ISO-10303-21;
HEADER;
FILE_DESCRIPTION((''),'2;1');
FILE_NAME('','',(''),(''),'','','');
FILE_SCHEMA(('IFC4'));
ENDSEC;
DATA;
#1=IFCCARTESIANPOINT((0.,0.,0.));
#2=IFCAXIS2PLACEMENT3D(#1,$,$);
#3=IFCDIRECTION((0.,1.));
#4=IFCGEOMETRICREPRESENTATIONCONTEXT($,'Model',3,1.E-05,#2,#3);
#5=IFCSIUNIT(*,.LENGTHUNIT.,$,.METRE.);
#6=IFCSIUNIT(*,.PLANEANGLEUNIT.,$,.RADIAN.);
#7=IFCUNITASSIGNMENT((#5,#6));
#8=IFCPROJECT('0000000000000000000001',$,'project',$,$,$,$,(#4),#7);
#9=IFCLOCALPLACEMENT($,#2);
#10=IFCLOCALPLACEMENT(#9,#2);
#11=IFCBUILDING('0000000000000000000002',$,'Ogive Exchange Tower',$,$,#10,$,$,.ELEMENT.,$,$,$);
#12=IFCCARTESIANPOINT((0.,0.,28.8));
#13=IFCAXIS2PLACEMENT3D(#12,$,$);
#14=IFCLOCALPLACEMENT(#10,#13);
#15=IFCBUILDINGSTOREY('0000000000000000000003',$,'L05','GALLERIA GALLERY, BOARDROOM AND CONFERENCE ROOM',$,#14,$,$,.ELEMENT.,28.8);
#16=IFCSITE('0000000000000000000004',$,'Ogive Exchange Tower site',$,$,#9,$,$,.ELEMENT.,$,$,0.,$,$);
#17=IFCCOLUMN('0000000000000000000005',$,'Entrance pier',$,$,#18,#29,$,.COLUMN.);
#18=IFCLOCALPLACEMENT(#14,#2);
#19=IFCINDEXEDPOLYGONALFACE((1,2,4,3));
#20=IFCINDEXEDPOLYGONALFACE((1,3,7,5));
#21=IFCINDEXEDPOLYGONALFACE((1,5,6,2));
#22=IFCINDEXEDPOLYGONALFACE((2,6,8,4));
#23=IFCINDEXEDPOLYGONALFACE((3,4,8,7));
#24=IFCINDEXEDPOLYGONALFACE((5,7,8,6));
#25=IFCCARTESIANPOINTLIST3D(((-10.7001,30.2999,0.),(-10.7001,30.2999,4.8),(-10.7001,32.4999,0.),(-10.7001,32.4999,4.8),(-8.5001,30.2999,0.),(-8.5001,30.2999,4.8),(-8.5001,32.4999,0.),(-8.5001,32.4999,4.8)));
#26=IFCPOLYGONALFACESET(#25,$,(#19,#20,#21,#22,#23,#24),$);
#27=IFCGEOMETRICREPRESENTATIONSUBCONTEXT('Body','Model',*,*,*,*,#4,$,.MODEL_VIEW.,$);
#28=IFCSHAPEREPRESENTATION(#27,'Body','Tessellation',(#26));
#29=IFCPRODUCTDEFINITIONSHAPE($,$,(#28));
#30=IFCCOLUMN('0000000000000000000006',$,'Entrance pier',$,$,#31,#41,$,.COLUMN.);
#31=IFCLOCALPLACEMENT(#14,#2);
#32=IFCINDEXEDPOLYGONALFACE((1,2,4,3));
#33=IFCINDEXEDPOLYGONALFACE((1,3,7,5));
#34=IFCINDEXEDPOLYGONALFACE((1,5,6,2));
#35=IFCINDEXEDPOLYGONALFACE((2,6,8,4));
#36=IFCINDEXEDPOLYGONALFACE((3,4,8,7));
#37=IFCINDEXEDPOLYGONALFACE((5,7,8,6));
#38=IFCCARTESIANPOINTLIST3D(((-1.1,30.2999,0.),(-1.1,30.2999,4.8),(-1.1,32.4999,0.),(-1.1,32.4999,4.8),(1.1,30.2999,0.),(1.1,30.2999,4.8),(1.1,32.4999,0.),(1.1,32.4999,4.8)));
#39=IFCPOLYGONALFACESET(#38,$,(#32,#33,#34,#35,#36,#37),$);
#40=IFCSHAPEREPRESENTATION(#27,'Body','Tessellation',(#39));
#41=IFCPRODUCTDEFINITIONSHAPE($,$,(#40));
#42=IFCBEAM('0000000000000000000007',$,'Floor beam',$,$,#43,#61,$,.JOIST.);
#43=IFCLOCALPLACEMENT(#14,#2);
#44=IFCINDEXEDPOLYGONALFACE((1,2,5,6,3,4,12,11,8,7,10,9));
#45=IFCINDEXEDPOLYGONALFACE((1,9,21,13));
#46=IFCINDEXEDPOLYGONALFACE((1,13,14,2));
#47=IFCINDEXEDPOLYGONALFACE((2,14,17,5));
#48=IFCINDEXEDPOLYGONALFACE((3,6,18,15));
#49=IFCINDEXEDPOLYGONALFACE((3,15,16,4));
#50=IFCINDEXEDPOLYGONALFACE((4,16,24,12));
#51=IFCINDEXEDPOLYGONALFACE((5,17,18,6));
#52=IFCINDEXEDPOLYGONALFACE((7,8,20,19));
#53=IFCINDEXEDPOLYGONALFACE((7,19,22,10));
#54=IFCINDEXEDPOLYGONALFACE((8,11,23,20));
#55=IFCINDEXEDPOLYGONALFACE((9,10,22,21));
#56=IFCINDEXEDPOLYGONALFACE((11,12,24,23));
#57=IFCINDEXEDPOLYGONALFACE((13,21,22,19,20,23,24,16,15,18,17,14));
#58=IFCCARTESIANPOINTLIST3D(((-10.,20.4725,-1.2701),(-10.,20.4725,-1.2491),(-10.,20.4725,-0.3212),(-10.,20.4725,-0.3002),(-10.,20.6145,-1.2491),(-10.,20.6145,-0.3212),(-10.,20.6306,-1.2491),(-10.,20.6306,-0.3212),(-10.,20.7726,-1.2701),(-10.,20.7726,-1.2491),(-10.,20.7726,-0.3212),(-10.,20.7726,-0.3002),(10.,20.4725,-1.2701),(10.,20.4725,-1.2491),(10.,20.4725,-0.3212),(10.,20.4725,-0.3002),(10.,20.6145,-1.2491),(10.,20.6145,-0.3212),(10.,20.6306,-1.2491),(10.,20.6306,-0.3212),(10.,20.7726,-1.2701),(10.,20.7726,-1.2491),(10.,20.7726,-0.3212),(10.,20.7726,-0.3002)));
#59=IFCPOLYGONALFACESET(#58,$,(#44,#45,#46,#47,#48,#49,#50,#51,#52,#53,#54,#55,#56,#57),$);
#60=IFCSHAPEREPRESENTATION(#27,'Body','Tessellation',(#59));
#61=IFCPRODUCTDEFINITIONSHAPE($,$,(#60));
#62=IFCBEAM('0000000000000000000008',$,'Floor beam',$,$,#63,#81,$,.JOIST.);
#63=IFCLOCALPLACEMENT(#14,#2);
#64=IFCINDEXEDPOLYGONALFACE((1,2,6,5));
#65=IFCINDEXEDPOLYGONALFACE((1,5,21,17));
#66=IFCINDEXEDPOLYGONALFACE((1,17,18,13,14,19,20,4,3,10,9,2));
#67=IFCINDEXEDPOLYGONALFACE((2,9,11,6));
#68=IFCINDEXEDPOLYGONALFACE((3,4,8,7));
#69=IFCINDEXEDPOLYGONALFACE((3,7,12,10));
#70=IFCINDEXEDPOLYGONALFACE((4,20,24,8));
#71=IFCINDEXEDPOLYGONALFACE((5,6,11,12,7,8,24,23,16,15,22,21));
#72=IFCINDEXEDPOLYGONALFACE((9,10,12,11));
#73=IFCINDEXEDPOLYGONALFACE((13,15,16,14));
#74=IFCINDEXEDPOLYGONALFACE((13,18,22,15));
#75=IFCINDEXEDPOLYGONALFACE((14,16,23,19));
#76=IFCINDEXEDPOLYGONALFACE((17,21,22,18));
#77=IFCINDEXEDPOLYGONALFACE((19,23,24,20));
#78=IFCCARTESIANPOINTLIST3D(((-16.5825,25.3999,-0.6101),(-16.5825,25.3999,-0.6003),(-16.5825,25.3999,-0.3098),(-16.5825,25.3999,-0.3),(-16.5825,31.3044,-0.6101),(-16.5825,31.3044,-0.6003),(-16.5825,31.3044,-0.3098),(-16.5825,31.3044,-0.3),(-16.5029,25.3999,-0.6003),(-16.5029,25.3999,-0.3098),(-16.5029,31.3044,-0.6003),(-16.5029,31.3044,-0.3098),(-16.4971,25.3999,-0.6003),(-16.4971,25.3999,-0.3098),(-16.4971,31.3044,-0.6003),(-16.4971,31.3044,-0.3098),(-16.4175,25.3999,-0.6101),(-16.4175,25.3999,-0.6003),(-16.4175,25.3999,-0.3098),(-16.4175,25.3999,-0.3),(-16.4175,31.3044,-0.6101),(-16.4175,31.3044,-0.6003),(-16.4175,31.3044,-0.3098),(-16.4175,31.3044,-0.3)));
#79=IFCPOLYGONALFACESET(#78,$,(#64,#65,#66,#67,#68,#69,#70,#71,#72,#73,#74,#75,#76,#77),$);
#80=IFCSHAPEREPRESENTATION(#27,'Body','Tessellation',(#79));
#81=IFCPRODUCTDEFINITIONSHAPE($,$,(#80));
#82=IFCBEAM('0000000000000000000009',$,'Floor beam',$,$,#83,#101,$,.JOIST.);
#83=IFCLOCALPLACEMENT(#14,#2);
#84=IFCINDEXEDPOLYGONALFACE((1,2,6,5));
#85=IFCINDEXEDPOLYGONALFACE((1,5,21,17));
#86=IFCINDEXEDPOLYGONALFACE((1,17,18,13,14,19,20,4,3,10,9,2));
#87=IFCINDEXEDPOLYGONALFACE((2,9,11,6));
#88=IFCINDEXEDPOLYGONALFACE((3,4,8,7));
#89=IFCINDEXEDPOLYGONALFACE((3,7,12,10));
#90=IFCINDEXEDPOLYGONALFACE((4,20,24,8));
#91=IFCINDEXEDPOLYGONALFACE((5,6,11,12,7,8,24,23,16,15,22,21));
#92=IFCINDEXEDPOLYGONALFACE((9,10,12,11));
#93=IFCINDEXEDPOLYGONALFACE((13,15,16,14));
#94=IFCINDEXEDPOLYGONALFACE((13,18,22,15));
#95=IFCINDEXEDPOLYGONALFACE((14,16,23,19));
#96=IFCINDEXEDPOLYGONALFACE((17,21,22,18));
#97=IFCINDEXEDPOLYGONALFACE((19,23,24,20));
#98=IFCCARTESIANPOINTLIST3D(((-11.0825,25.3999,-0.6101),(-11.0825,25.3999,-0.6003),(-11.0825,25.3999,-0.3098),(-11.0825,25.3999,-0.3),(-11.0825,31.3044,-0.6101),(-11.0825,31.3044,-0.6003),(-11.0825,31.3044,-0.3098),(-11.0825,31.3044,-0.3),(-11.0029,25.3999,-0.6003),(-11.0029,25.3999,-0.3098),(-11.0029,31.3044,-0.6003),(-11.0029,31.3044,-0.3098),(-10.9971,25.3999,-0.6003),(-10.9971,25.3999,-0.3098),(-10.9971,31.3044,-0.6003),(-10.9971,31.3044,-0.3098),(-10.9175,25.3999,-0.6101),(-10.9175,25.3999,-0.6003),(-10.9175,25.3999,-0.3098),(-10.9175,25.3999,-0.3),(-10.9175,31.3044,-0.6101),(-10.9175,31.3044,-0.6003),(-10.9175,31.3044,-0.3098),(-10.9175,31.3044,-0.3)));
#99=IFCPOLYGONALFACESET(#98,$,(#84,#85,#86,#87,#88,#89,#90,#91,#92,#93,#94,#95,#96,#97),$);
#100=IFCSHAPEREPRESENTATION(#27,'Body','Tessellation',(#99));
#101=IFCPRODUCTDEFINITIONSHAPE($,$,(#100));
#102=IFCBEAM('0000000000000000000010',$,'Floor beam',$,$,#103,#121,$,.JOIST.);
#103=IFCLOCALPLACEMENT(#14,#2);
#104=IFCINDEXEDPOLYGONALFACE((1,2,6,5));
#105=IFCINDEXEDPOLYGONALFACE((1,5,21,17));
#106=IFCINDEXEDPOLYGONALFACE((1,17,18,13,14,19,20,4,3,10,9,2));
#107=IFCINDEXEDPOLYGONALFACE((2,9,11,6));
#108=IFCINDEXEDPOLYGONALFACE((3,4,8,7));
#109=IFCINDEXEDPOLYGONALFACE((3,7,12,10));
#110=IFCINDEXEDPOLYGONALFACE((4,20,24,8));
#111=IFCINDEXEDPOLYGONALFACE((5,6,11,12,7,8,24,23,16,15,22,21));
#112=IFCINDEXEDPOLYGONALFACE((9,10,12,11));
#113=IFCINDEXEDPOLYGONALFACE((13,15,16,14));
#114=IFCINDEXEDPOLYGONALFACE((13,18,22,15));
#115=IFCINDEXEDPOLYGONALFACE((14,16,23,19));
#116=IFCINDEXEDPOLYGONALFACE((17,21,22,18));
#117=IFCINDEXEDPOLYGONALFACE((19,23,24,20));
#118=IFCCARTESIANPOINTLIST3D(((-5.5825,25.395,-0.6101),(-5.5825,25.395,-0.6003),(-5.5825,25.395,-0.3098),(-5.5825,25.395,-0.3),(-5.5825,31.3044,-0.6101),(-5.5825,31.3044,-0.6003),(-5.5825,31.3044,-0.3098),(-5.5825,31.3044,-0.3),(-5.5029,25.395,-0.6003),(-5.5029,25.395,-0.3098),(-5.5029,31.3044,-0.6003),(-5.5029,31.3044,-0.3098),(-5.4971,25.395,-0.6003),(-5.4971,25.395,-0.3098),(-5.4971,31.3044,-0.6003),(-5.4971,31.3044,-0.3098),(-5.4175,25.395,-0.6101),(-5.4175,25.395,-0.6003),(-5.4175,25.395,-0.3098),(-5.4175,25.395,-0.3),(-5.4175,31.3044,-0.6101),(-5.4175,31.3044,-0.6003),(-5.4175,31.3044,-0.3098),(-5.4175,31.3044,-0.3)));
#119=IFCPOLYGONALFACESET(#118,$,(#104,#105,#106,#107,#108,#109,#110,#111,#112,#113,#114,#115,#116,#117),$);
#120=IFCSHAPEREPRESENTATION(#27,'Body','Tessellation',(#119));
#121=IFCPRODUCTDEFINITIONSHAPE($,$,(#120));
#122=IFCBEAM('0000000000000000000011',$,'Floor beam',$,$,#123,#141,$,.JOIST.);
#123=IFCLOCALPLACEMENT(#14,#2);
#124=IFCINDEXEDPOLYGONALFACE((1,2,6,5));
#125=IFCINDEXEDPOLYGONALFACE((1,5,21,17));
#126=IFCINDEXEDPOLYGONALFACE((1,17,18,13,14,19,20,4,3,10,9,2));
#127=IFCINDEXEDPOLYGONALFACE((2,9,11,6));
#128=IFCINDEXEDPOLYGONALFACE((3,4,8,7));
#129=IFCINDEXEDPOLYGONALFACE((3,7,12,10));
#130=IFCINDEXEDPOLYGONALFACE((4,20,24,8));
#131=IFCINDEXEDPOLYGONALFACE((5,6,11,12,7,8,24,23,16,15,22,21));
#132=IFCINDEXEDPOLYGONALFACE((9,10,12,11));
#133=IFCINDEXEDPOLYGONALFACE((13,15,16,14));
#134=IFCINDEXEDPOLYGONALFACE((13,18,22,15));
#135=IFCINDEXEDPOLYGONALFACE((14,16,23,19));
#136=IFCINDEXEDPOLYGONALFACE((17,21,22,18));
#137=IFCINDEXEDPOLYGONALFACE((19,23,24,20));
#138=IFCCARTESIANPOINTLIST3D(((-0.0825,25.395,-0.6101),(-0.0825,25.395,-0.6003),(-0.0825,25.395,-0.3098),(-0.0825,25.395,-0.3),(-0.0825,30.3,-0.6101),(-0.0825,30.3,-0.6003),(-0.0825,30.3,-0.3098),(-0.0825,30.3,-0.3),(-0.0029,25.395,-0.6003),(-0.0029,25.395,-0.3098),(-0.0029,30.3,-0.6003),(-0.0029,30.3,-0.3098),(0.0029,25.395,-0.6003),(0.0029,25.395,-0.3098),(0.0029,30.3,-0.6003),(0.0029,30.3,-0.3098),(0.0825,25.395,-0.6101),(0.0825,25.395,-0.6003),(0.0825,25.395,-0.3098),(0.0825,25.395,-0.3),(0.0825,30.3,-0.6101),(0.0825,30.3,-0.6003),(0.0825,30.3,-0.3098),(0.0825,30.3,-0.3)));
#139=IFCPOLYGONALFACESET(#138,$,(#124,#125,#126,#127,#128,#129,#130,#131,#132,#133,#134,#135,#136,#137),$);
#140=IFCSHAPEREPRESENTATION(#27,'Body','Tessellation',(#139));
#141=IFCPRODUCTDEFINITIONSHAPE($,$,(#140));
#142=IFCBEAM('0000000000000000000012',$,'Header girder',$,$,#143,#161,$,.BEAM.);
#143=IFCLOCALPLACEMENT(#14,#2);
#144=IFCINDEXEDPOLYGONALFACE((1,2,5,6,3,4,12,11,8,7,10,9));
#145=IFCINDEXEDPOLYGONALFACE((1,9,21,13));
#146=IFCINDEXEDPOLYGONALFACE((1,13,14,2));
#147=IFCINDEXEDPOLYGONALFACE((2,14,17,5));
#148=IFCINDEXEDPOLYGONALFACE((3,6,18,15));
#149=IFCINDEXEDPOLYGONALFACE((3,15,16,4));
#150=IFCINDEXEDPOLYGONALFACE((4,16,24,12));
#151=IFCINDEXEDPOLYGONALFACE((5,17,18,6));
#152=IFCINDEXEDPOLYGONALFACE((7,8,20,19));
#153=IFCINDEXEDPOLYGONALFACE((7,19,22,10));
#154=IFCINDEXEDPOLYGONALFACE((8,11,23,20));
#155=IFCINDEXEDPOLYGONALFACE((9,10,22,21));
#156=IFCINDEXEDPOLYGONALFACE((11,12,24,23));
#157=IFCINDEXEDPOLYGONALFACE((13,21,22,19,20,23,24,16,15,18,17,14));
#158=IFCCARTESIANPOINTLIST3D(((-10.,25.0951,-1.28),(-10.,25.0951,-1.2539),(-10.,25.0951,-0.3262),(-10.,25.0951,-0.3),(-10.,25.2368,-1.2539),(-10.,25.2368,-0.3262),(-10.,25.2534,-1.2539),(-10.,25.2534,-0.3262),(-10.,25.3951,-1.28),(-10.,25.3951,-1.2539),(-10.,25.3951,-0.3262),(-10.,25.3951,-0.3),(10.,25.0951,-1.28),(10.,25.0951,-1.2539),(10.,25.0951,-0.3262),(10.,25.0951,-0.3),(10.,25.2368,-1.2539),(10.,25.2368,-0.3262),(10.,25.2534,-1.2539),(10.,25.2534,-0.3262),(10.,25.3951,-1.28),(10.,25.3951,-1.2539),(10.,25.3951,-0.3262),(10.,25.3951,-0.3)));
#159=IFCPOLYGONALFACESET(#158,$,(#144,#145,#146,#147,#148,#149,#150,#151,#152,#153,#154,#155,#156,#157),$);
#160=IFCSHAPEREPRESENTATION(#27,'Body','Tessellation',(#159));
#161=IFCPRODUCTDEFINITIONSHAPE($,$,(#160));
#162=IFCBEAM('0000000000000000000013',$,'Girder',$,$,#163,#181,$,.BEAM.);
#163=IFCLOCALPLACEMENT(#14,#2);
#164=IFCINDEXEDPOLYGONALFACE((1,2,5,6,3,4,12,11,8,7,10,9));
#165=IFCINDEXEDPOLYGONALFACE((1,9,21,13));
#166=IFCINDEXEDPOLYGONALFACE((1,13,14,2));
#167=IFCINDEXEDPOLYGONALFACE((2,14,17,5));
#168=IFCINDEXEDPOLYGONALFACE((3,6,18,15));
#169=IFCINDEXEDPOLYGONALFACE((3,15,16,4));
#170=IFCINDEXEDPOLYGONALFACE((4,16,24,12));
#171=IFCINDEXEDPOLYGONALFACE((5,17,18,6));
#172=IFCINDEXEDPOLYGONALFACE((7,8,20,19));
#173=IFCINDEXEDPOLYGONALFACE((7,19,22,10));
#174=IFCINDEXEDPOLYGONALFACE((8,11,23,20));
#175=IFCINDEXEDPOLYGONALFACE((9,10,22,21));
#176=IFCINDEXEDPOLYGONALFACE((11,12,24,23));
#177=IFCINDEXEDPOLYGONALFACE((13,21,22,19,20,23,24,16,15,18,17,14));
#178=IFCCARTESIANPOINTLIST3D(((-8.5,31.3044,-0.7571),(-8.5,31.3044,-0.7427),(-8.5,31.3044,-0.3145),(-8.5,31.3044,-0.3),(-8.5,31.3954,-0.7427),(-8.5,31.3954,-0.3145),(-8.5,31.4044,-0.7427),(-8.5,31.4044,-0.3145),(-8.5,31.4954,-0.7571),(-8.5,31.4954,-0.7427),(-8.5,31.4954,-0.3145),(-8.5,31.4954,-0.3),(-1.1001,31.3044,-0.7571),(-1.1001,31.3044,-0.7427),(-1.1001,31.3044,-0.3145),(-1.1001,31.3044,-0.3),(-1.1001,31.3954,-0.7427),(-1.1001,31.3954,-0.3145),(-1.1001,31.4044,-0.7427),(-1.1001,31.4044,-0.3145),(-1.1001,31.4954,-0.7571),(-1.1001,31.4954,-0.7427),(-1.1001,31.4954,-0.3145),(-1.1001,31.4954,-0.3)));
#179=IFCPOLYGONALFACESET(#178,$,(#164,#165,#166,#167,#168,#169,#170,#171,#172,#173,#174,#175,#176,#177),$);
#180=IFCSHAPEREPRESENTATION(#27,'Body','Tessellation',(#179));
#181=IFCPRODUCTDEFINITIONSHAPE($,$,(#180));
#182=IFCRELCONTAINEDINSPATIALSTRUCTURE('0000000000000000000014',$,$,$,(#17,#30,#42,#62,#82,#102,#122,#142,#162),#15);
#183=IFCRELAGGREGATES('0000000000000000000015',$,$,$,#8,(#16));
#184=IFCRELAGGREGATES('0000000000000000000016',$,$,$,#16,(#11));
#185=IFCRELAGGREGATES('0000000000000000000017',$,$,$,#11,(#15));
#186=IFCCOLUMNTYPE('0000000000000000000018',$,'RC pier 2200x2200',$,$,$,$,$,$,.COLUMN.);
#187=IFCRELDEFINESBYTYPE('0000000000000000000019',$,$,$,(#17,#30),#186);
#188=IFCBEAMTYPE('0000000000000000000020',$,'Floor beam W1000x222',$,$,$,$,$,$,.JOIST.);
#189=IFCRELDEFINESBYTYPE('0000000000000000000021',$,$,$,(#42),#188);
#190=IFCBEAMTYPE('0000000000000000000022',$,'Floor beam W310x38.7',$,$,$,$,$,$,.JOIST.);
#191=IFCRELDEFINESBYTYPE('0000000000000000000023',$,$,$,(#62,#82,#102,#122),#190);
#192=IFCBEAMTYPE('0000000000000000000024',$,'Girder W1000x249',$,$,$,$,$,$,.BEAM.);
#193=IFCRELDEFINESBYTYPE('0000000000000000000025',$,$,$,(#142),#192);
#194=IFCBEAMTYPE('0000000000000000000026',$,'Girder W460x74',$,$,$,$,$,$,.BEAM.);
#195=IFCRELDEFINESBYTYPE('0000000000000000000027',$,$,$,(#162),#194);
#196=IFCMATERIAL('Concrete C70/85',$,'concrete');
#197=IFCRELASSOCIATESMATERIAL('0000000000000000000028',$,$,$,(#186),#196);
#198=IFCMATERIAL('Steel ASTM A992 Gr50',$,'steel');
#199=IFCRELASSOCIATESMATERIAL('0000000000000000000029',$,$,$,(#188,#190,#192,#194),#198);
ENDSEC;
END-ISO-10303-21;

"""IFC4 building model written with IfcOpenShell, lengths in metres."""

from ifc_helpers import new_model, si_unit, direction, frame, origin, origin_2d, place, context, subcontext, project, spatial, rectangle, i_section, extrude, material, material_profile, profile_set, type_object, element, save


model = new_model("IFC4")

# Units and contexts
model_context = context("Model", 3, precision=1e-05, world=origin(), true_north=direction((0.0, 1.0)))
body_context = subcontext(model_context, "Body", "Model", "MODEL_VIEW")
ifc_project = project(units=[si_unit("LENGTHUNIT", "METRE"), si_unit("PLANEANGLEUNIT", "RADIAN")], contexts=[model_context])

# Site, building, storey
site_placement = place(None, origin())
site = spatial("IfcSite", under=ifc_project, at=site_placement, Name="Ogive Exchange Tower site", CompositionType="ELEMENT", RefElevation=0.0)
building_placement = place(site_placement, origin())
building = spatial("IfcBuilding", under=site, at=building_placement, Name="Ogive Exchange Tower", CompositionType="ELEMENT")
storey_placement = place(building_placement, frame((0.0, 0.0, 28.8)))
storey = spatial("IfcBuildingStorey", under=building, at=storey_placement, Name="L05", Description="GALLERIA GALLERY, BOARDROOM AND CONFERENCE ROOM", CompositionType="ELEMENT", Elevation=28.8)

# Columns
ifc_material_1 = material(Name="Concrete C70/85", Category="concrete")
ifc_material_profile_1 = material_profile(ifc_material_1, rectangle(XDim=2.2, YDim=2.2, at=origin_2d()), Name="RC 2200x2200")
ifc_profile_set_1 = profile_set([ifc_material_profile_1], Name="Concrete C70/85")
column_type = type_object("IfcColumnType", Name="RC pier 2200x2200", PredefinedType="COLUMN", material=ifc_profile_set_1)
for number, where, z_axis, x_axis, name in (
    (1, (-9.6001, 31.3999, 0.0), (0.0, 0.0, 1.0), (1.0, 0.0, 0.0), "Entrance pier"),
    (2, (0.0, 31.3999, 0.0), (0.0, 0.0, 1.0), (1.0, 0.0, 0.0), "Entrance pier"),
):
    element("IfcColumn", number, at=place(storey_placement, frame(where, z_axis=z_axis, x_axis=x_axis)), inside=storey, type_object=column_type, Name=name, PredefinedType="COLUMN", context=body_context, shape_type="SweptSolid", body=[
        extrude(rectangle(XDim=2.2, YDim=2.2, at=origin_2d()), origin(), (0.0, 0.0, 1.0), 4.8),
    ])

# Beams
ifc_material_2 = material(Name="Steel ASTM A992 Gr50", Category="steel")
ifc_material_profile_2 = material_profile(ifc_material_2, i_section(OverallWidth=0.3, OverallDepth=0.97, WebThickness=0.0161, FlangeThickness=0.021, at=origin_2d()), Name="W1000x222")
ifc_profile_set_2 = profile_set([ifc_material_profile_2], Name="Steel ASTM A992 Gr50")
beam_type_1 = type_object("IfcBeamType", Name="Floor beam W1000x222", PredefinedType="JOIST", material=ifc_profile_set_2)
beam_1_placement = place(storey_placement, frame((-10.0, 20.6226, -0.7852), z_axis=(1.0, 0.0, 0.0), x_axis=(0.0, 1.0, 0.0)))
element("IfcBeam", 3, at=beam_1_placement, inside=storey, type_object=beam_type_1, Name="Floor beam", PredefinedType="JOIST", context=body_context, shape_type="SweptSolid", body=[
    extrude(i_section(OverallWidth=0.3, OverallDepth=0.97, WebThickness=0.0161, FlangeThickness=0.021, at=origin_2d()), origin(), (0.0, 0.0, 1.0), 20.0),
])
ifc_material_profile_3 = material_profile(ifc_material_2, i_section(OverallWidth=0.165, OverallDepth=0.3101, WebThickness=0.0059, FlangeThickness=0.0098, at=origin_2d()), Name="W310x38.7")
ifc_profile_set_3 = profile_set([ifc_material_profile_3], Name="Steel ASTM A992 Gr50")
beam_type_2 = type_object("IfcBeamType", Name="Floor beam W310x38.7", PredefinedType="JOIST", material=ifc_profile_set_3)
for number, where, z_axis, x_axis, name in (
    (4, (-16.5, 25.3999, -0.4551), (0.0, 1.0, 0.0), (-1.0, 0.0, 0.0), "Floor beam"),
    (5, (-11.0, 25.3999, -0.4551), (0.0, 1.0, 0.0), (-1.0, 0.0, 0.0), "Floor beam"),
):
    element("IfcBeam", number, at=place(storey_placement, frame(where, z_axis=z_axis, x_axis=x_axis)), inside=storey, type_object=beam_type_2, Name=name, PredefinedType="JOIST", context=body_context, shape_type="SweptSolid", body=[
        extrude(i_section(OverallWidth=0.165, OverallDepth=0.3101, WebThickness=0.0059, FlangeThickness=0.0098, at=origin_2d()), origin(), (0.0, 0.0, 1.0), 5.9045),
    ])
beam_2_placement = place(storey_placement, frame((-5.5, 25.395, -0.4551), z_axis=(0.0, 1.0, 0.0), x_axis=(-1.0, 0.0, 0.0)))
element("IfcBeam", 6, at=beam_2_placement, inside=storey, type_object=beam_type_2, Name="Floor beam", PredefinedType="JOIST", context=body_context, shape_type="SweptSolid", body=[
    extrude(i_section(OverallWidth=0.165, OverallDepth=0.3101, WebThickness=0.0059, FlangeThickness=0.0098, at=origin_2d()), origin(), (0.0, 0.0, 1.0), 5.9094),
])
beam_3_placement = place(storey_placement, frame((0.0, 25.395, -0.4551), z_axis=(0.0, 1.0, 0.0), x_axis=(-1.0, 0.0, 0.0)))
element("IfcBeam", 7, at=beam_3_placement, inside=storey, type_object=beam_type_2, Name="Floor beam", PredefinedType="JOIST", context=body_context, shape_type="SweptSolid", body=[
    extrude(i_section(OverallWidth=0.165, OverallDepth=0.3101, WebThickness=0.0059, FlangeThickness=0.0098, at=origin_2d()), origin(), (0.0, 0.0, 1.0), 4.905),
])
ifc_material_profile_4 = material_profile(ifc_material_2, i_section(OverallWidth=0.3, OverallDepth=0.98, WebThickness=0.0166, FlangeThickness=0.0261, at=origin_2d()), Name="W1000x249")
ifc_profile_set_4 = profile_set([ifc_material_profile_4], Name="Steel ASTM A992 Gr50")
beam_type_3 = type_object("IfcBeamType", Name="Girder W1000x249", PredefinedType="BEAM", material=ifc_profile_set_4)
beam_4_placement = place(storey_placement, frame((-10.0, 25.2451, -0.79), z_axis=(1.0, 0.0, 0.0), x_axis=(0.0, 1.0, 0.0)))
element("IfcBeam", 8, at=beam_4_placement, inside=storey, type_object=beam_type_3, Name="Header girder", PredefinedType="BEAM", context=body_context, shape_type="SweptSolid", body=[
    extrude(i_section(OverallWidth=0.3, OverallDepth=0.98, WebThickness=0.0166, FlangeThickness=0.0261, at=origin_2d()), origin(), (0.0, 0.0, 1.0), 20.0),
])
ifc_material_profile_5 = material_profile(ifc_material_2, i_section(OverallWidth=0.1909, OverallDepth=0.457, WebThickness=0.009, FlangeThickness=0.0144, at=origin_2d()), Name="W460x74")
ifc_profile_set_5 = profile_set([ifc_material_profile_5], Name="Steel ASTM A992 Gr50")
beam_type_4 = type_object("IfcBeamType", Name="Girder W460x74", PredefinedType="BEAM", material=ifc_profile_set_5)
beam_5_placement = place(storey_placement, frame((-1.1001, 31.3999, -0.5286), z_axis=(-1.0, 0.0, 0.0), x_axis=(0.0, -1.0, 0.0)))
element("IfcBeam", 9, at=beam_5_placement, inside=storey, type_object=beam_type_4, Name="Girder", PredefinedType="BEAM", context=body_context, shape_type="SweptSolid", body=[
    extrude(i_section(OverallWidth=0.1909, OverallDepth=0.457, WebThickness=0.009, FlangeThickness=0.0144, at=origin_2d()), origin(), (0.0, 0.0, 1.0), 7.3999),
])

save(model, "model.ifc")
